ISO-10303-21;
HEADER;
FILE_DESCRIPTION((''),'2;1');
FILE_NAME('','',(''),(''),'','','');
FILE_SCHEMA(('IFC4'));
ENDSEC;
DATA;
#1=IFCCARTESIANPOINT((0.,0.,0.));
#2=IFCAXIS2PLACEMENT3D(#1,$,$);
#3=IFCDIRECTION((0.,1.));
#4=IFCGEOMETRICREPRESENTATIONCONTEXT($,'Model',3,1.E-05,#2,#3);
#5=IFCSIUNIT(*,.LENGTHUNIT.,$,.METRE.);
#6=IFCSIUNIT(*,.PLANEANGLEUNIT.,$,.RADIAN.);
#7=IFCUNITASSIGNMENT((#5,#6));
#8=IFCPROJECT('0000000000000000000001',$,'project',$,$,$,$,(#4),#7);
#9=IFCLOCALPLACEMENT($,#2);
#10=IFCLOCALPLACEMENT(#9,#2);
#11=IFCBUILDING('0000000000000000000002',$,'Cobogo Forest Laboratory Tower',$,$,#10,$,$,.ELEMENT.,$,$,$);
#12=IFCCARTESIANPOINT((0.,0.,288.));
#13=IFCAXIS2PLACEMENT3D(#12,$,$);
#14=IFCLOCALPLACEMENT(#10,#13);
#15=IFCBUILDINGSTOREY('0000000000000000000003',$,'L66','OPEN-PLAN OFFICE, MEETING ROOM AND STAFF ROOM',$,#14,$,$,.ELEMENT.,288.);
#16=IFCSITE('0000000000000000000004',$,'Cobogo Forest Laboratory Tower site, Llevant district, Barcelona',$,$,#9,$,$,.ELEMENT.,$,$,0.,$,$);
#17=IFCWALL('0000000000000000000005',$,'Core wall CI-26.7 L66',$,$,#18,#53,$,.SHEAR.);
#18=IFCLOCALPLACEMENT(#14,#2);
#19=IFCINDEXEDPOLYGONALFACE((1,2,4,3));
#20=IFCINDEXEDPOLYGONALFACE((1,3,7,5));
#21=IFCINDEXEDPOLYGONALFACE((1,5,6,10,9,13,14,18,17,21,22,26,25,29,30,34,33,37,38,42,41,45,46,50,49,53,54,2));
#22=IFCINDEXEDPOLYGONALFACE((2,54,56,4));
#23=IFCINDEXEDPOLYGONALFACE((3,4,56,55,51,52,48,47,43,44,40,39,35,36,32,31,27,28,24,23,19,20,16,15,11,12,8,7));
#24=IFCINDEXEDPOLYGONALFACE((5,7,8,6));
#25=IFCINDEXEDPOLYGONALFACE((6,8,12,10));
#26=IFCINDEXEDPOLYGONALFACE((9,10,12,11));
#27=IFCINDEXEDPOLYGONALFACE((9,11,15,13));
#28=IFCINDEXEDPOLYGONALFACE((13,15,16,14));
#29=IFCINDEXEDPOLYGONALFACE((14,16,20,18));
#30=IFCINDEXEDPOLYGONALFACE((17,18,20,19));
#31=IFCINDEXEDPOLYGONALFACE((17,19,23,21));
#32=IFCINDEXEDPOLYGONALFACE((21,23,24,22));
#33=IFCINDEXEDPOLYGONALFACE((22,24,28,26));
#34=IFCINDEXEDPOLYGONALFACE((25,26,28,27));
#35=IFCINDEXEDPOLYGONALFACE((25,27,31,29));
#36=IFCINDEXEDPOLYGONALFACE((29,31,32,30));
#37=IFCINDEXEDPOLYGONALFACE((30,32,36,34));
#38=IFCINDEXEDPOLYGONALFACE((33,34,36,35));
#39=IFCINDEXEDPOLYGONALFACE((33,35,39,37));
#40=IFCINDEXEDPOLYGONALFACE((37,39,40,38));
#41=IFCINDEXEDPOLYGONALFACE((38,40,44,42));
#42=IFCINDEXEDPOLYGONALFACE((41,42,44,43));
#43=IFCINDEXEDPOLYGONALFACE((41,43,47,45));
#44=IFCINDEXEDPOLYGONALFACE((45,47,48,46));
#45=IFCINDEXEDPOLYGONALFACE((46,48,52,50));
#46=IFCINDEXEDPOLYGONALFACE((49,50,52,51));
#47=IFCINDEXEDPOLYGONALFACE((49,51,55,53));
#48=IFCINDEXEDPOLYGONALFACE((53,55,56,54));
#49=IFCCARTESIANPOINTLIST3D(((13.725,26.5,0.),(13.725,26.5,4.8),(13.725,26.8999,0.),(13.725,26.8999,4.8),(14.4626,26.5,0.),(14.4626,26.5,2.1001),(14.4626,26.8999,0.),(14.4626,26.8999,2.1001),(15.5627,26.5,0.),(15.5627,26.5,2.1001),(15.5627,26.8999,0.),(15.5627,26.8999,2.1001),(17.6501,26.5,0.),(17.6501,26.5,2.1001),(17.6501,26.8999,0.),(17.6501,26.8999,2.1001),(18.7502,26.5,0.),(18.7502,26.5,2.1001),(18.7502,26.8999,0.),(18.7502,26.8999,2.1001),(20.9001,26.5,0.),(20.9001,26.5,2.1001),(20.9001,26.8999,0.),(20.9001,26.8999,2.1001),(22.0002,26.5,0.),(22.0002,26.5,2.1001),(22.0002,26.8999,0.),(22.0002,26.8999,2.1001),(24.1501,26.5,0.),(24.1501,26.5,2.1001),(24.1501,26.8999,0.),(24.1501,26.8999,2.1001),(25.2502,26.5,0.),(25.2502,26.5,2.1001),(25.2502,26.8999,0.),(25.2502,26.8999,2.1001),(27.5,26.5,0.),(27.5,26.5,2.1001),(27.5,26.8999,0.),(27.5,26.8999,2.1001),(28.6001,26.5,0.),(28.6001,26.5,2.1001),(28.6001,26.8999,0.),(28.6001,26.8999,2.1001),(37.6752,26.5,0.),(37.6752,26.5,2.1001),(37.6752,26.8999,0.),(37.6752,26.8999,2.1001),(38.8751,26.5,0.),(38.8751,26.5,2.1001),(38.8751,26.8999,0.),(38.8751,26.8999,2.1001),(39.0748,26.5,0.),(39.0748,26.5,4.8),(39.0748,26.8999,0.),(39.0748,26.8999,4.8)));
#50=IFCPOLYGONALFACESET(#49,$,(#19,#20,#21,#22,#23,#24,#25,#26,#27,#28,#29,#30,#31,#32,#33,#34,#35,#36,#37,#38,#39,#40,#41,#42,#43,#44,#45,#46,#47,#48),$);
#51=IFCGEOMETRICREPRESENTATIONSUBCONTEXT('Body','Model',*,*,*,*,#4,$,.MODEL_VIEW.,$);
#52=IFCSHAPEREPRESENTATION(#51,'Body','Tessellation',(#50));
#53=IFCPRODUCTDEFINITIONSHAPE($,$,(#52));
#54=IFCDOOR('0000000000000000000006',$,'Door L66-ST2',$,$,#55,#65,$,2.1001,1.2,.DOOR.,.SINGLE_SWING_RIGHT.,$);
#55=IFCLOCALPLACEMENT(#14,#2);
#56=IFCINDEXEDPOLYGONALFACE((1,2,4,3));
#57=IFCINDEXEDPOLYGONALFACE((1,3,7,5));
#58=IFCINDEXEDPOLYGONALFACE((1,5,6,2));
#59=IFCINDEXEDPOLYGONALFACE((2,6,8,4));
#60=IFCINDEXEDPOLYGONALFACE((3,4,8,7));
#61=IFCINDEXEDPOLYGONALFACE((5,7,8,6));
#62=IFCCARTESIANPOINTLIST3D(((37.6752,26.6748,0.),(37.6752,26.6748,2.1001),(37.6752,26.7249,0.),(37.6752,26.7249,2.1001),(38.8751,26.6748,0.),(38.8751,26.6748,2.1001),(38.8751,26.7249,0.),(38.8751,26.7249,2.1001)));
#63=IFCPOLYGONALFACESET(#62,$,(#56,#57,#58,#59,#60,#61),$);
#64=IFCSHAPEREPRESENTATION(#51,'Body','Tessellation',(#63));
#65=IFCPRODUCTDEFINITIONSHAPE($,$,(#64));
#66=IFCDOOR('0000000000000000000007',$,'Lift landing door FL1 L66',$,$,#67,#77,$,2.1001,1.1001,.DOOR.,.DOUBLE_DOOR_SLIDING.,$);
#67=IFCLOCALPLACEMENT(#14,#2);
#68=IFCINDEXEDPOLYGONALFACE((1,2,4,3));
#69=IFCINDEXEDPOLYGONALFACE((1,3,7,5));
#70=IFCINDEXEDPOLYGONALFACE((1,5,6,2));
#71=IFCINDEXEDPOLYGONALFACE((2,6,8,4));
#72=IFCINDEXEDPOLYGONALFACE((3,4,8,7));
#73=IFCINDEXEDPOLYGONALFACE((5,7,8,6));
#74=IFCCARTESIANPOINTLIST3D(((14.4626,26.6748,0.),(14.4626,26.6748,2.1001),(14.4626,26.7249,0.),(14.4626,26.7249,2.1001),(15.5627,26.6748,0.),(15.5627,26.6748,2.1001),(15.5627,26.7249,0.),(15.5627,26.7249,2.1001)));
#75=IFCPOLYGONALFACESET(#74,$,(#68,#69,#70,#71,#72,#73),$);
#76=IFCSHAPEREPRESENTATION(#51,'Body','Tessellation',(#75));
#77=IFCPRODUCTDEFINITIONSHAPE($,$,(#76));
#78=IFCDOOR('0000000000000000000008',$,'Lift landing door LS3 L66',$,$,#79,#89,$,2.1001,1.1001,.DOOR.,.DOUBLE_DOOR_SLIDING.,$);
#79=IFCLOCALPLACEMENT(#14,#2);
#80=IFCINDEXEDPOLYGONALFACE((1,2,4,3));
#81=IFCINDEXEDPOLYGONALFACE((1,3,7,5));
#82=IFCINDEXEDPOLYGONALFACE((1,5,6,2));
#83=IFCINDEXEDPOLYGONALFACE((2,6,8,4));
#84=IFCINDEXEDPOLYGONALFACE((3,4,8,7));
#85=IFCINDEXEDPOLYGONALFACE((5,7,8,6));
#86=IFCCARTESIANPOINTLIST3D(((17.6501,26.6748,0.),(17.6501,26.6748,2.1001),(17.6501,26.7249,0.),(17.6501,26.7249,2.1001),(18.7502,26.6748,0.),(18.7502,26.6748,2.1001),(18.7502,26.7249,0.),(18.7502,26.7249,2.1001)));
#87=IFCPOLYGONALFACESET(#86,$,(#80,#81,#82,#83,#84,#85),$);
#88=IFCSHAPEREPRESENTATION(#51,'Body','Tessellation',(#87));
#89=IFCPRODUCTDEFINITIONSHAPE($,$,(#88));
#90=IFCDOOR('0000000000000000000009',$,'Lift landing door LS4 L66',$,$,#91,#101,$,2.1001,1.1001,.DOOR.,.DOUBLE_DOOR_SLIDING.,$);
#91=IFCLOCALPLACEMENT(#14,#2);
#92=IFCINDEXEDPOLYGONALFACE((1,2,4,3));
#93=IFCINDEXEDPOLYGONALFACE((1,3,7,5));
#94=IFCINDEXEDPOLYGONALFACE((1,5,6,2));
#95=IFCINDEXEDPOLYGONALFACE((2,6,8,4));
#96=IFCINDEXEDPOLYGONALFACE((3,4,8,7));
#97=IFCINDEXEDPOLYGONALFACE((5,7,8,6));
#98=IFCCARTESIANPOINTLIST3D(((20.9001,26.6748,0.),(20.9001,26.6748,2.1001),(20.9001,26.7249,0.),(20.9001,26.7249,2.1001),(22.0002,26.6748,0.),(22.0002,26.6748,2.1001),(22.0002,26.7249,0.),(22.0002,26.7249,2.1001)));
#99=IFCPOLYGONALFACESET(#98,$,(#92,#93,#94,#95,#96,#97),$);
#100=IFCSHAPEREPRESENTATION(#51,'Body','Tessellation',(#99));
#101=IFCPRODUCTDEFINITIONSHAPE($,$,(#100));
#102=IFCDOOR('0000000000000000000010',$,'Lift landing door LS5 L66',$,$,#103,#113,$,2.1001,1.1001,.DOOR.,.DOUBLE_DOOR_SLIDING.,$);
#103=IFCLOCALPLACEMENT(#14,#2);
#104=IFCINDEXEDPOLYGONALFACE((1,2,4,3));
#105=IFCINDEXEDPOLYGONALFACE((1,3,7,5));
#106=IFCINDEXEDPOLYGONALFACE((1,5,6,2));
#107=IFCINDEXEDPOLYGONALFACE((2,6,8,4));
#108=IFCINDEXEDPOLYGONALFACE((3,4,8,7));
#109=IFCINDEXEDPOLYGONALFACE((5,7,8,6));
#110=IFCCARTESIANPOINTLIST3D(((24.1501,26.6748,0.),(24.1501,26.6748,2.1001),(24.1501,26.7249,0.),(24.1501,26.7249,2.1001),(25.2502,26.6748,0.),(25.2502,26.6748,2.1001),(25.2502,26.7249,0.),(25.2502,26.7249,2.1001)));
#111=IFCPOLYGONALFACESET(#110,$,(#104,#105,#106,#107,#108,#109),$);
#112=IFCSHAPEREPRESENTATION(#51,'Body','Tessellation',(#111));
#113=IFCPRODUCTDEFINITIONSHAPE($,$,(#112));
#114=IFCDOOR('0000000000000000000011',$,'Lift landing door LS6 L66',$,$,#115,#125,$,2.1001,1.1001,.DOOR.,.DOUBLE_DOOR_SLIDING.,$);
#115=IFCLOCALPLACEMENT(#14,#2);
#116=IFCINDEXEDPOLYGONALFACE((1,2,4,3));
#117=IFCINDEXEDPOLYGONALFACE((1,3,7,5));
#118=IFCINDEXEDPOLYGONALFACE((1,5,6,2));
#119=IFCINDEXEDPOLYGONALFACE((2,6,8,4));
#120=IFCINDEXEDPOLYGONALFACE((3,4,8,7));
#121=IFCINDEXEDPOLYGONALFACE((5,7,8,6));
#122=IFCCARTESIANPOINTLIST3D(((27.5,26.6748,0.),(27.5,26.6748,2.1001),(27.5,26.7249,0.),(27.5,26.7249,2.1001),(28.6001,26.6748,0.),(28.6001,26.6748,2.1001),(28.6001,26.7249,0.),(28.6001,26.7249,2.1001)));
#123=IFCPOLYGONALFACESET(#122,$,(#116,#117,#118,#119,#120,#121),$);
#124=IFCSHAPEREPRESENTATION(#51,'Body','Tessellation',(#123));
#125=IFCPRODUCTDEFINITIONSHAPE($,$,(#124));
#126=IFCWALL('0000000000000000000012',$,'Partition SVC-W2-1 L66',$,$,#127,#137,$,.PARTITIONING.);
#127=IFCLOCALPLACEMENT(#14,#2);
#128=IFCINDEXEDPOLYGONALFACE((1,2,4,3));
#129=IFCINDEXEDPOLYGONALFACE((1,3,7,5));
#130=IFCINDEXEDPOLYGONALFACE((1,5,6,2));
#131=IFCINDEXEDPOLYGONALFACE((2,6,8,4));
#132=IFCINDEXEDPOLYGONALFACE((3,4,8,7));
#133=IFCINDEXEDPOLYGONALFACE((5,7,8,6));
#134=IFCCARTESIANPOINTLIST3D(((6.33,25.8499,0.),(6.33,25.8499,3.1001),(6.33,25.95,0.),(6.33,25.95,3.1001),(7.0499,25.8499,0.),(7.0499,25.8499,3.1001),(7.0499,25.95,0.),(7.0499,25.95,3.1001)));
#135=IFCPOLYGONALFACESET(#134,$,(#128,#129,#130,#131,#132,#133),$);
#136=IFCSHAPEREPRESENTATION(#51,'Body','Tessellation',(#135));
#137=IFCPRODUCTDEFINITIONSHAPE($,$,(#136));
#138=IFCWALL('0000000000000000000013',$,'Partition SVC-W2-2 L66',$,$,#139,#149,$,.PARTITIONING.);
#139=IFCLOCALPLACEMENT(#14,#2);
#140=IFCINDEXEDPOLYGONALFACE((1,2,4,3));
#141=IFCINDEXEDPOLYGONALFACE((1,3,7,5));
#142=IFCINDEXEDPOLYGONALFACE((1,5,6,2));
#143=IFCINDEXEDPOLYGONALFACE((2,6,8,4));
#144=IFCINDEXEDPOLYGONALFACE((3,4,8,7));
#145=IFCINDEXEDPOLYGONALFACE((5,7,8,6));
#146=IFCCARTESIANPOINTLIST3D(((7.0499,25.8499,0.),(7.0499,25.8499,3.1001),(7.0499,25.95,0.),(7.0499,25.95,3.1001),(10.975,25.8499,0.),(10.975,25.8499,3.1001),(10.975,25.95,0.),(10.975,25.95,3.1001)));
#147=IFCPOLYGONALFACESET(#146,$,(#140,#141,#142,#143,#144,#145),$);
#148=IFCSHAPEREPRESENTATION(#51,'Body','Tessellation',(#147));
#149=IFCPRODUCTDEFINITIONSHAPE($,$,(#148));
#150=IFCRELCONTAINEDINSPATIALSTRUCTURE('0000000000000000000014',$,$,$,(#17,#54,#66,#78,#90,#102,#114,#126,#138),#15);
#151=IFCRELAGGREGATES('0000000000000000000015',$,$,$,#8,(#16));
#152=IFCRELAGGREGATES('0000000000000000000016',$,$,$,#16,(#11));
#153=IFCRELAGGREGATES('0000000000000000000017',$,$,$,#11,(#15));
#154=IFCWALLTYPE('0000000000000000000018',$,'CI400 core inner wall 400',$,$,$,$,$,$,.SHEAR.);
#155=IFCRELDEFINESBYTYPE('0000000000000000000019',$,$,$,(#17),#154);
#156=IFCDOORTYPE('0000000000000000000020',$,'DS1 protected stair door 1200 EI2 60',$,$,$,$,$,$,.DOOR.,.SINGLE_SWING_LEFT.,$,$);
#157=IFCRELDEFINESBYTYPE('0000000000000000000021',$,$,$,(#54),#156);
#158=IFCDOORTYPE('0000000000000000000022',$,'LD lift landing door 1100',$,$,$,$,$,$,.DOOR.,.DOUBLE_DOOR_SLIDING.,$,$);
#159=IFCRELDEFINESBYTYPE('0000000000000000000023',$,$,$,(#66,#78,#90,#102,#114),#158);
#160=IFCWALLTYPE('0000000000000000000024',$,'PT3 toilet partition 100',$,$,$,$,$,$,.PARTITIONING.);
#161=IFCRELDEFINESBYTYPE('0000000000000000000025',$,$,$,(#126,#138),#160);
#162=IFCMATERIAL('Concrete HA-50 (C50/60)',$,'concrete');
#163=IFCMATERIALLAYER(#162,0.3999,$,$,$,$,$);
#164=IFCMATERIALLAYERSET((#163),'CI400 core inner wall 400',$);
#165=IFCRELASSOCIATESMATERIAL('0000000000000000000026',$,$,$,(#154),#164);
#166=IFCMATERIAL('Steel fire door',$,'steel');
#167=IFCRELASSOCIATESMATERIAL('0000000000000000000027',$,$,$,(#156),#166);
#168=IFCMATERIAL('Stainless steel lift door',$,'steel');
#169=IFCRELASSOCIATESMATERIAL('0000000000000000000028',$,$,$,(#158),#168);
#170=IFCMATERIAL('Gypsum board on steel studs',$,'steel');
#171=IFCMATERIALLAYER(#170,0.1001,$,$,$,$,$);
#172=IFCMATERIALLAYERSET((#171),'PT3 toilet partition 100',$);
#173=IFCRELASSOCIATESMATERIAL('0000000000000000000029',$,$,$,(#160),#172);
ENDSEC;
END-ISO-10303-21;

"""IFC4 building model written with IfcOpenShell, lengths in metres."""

from ifc_helpers import new_model, si_unit, direction, frame, frame_2d, origin, place, context, subcontext, project, spatial, rectangle, extrude, material, layer, layer_set, type_object, element, fill, save


model = new_model("IFC4")

# Units and contexts
model_context = context("Model", 3, precision=1e-05, world=origin(), true_north=direction((0.0, 1.0)))
body_context = subcontext(model_context, "Body", "Model", "MODEL_VIEW")
ifc_project = project(units=[si_unit("LENGTHUNIT", "METRE"), si_unit("PLANEANGLEUNIT", "RADIAN")], contexts=[model_context])

# Site, building, storey
site_placement = place(None, origin())
site = spatial("IfcSite", under=ifc_project, at=site_placement, Name="Cobogo Forest Laboratory Tower site, Llevant district, Barcelona", CompositionType="ELEMENT", RefElevation=0.0)
building_placement = place(site_placement, origin())
building = spatial("IfcBuilding", under=site, at=building_placement, Name="Cobogo Forest Laboratory Tower", CompositionType="ELEMENT")
storey_placement = place(building_placement, frame((0.0, 0.0, 288.0)))
storey = spatial("IfcBuildingStorey", under=building, at=storey_placement, Name="L66", Description="OPEN-PLAN OFFICE, MEETING ROOM AND STAFF ROOM", CompositionType="ELEMENT", Elevation=288.0)

# Shared definitions
ifc_material_1 = material(Name="Concrete HA-50 (C50/60)", Category="concrete")

# Wall, openings, doors
ifc_layer_1 = layer(ifc_material_1, 0.3999)
ifc_layer_set_1 = layer_set([ifc_layer_1], Name="CI400 core inner wall 400")
wall_type_1 = type_object("IfcWallType", Name="CI400 core inner wall 400", PredefinedType="SHEAR", material=ifc_layer_set_1)
wall_1_placement = place(storey_placement, frame((13.7251, 26.7, 0.0), z_axis=(0.0, 0.0, 1.0), x_axis=(1.0, 0.0, 0.0)))
wall_1 = element("IfcWall", 1, at=wall_1_placement, inside=storey, type_object=wall_type_1, Name="Core wall CI-26.7 L66", PredefinedType="SHEAR", context=body_context, shape_type="SweptSolid", body=[
    extrude(rectangle(XDim=25.3499, YDim=0.3999, at=frame_2d((12.6748, 0.0))), origin(), (0.0, 0.0, 1.0), 4.8),
])
opening_1_placement = place(wall_1_placement, frame((23.95, 0.0, 0.0)))
opening_1 = element("IfcOpeningElement", 2, at=opening_1_placement, cuts=wall_1, PredefinedType="OPENING", context=body_context, shape_type="SweptSolid", body=[
    extrude(rectangle(XDim=1.2, YDim=2.1001, at=frame_2d((0.6001, 1.05))), frame((0.0, 0.21, 0.0), z_axis=(0.0, -1.0, 0.0), x_axis=(1.0, 0.0, 0.0)), (0.0, 0.0, 1.0), 0.4199),
])
opening_2_placement = place(wall_1_placement, frame((0.7375, 0.0, 0.0)))
opening_2 = element("IfcOpeningElement", 3, at=opening_2_placement, cuts=wall_1, PredefinedType="OPENING", context=body_context, shape_type="SweptSolid", body=[
    extrude(rectangle(XDim=1.1001, YDim=2.1001, at=frame_2d((0.55, 1.05))), frame((0.0, 0.21, 0.0), z_axis=(0.0, -1.0, 0.0), x_axis=(1.0, 0.0, 0.0)), (0.0, 0.0, 1.0), 0.4199),
])
opening_3_placement = place(wall_1_placement, frame((3.925, 0.0, 0.0)))
opening_3 = element("IfcOpeningElement", 4, at=opening_3_placement, cuts=wall_1, PredefinedType="OPENING", context=body_context, shape_type="SweptSolid", body=[
    extrude(rectangle(XDim=1.1001, YDim=2.1001, at=frame_2d((0.55, 1.05))), frame((0.0, 0.21, 0.0), z_axis=(0.0, -1.0, 0.0), x_axis=(1.0, 0.0, 0.0)), (0.0, 0.0, 1.0), 0.4199),
])
opening_4_placement = place(wall_1_placement, frame((7.175, 0.0, 0.0)))
opening_4 = element("IfcOpeningElement", 5, at=opening_4_placement, cuts=wall_1, PredefinedType="OPENING", context=body_context, shape_type="SweptSolid", body=[
    extrude(rectangle(XDim=1.1001, YDim=2.1001, at=frame_2d((0.55, 1.05))), frame((0.0, 0.21, 0.0), z_axis=(0.0, -1.0, 0.0), x_axis=(1.0, 0.0, 0.0)), (0.0, 0.0, 1.0), 0.4199),
])
opening_5_placement = place(wall_1_placement, frame((10.425, 0.0, 0.0)))
opening_5 = element("IfcOpeningElement", 6, at=opening_5_placement, cuts=wall_1, PredefinedType="OPENING", context=body_context, shape_type="SweptSolid", body=[
    extrude(rectangle(XDim=1.1001, YDim=2.1001, at=frame_2d((0.55, 1.05))), frame((0.0, 0.21, 0.0), z_axis=(0.0, -1.0, 0.0), x_axis=(1.0, 0.0, 0.0)), (0.0, 0.0, 1.0), 0.4199),
])
opening_6_placement = place(wall_1_placement, frame((13.7749, 0.0, 0.0)))
opening_6 = element("IfcOpeningElement", 7, at=opening_6_placement, cuts=wall_1, PredefinedType="OPENING", context=body_context, shape_type="SweptSolid", body=[
    extrude(rectangle(XDim=1.1001, YDim=2.1001, at=frame_2d((0.55, 1.05))), frame((0.0, 0.21, 0.0), z_axis=(0.0, -1.0, 0.0), x_axis=(1.0, 0.0, 0.0)), (0.0, 0.0, 1.0), 0.4199),
])
ifc_material_2 = material(Name="Steel fire door", Category="steel")
door_type_1 = type_object("IfcDoorType", Name="DS1 protected stair door 1200 EI2 60", OperationType="SINGLE_SWING_LEFT", PredefinedType="DOOR", material=ifc_material_2)
door_1_placement = place(opening_1_placement, origin())
door_1 = element("IfcDoor", 8, at=door_1_placement, inside=storey, type_object=door_type_1, Name="Door L66-ST2", OperationType="SINGLE_SWING_RIGHT", OverallHeight=2.1001, OverallWidth=1.2, PredefinedType="DOOR", context=body_context, shape_type="SweptSolid", body=[
    extrude(rectangle(XDim=1.2, YDim=2.1001, at=frame_2d((0.6001, 1.05))), frame((0.0, 0.0249, 0.0), z_axis=(0.0, -1.0, 0.0), x_axis=(1.0, 0.0, 0.0)), (0.0, 0.0, 1.0), 0.05),
])
fill(opening_1, door_1)
ifc_material_3 = material(Name="Stainless steel lift door", Category="steel")
door_type_2 = type_object("IfcDoorType", Name="LD lift landing door 1100", OperationType="DOUBLE_DOOR_SLIDING", PredefinedType="DOOR", material=ifc_material_3)
door_2_placement = place(opening_2_placement, origin())
door_2 = element("IfcDoor", 9, at=door_2_placement, inside=storey, type_object=door_type_2, Name="Lift landing door FL1 L66", OperationType="DOUBLE_DOOR_SLIDING", OverallHeight=2.1001, OverallWidth=1.1001, PredefinedType="DOOR", context=body_context, shape_type="SweptSolid", body=[
    extrude(rectangle(XDim=1.1001, YDim=2.1001, at=frame_2d((0.55, 1.05))), frame((0.0, 0.0249, 0.0), z_axis=(0.0, -1.0, 0.0), x_axis=(1.0, 0.0, 0.0)), (0.0, 0.0, 1.0), 0.05),
])
fill(opening_2, door_2)
door_3_placement = place(opening_3_placement, origin())
door_3 = element("IfcDoor", 10, at=door_3_placement, inside=storey, type_object=door_type_2, Name="Lift landing door LS3 L66", OperationType="DOUBLE_DOOR_SLIDING", OverallHeight=2.1001, OverallWidth=1.1001, PredefinedType="DOOR", context=body_context, shape_type="SweptSolid", body=[
    extrude(rectangle(XDim=1.1001, YDim=2.1001, at=frame_2d((0.55, 1.05))), frame((0.0, 0.0249, 0.0), z_axis=(0.0, -1.0, 0.0), x_axis=(1.0, 0.0, 0.0)), (0.0, 0.0, 1.0), 0.05),
])
fill(opening_3, door_3)
door_4_placement = place(opening_4_placement, origin())
door_4 = element("IfcDoor", 11, at=door_4_placement, inside=storey, type_object=door_type_2, Name="Lift landing door LS4 L66", OperationType="DOUBLE_DOOR_SLIDING", OverallHeight=2.1001, OverallWidth=1.1001, PredefinedType="DOOR", context=body_context, shape_type="SweptSolid", body=[
    extrude(rectangle(XDim=1.1001, YDim=2.1001, at=frame_2d((0.55, 1.05))), frame((0.0, 0.0249, 0.0), z_axis=(0.0, -1.0, 0.0), x_axis=(1.0, 0.0, 0.0)), (0.0, 0.0, 1.0), 0.05),
])
fill(opening_4, door_4)
door_5_placement = place(opening_5_placement, origin())
door_5 = element("IfcDoor", 12, at=door_5_placement, inside=storey, type_object=door_type_2, Name="Lift landing door LS5 L66", OperationType="DOUBLE_DOOR_SLIDING", OverallHeight=2.1001, OverallWidth=1.1001, PredefinedType="DOOR", context=body_context, shape_type="SweptSolid", body=[
    extrude(rectangle(XDim=1.1001, YDim=2.1001, at=frame_2d((0.55, 1.05))), frame((0.0, 0.0249, 0.0), z_axis=(0.0, -1.0, 0.0), x_axis=(1.0, 0.0, 0.0)), (0.0, 0.0, 1.0), 0.05),
])
fill(opening_5, door_5)
door_6_placement = place(opening_6_placement, origin())
door_6 = element("IfcDoor", 13, at=door_6_placement, inside=storey, type_object=door_type_2, Name="Lift landing door LS6 L66", OperationType="DOUBLE_DOOR_SLIDING", OverallHeight=2.1001, OverallWidth=1.1001, PredefinedType="DOOR", context=body_context, shape_type="SweptSolid", body=[
    extrude(rectangle(XDim=1.1001, YDim=2.1001, at=frame_2d((0.55, 1.05))), frame((0.0, 0.0249, 0.0), z_axis=(0.0, -1.0, 0.0), x_axis=(1.0, 0.0, 0.0)), (0.0, 0.0, 1.0), 0.05),
])
fill(opening_6, door_6)

# Walls
ifc_material_4 = material(Name="Gypsum board on steel studs", Category="steel")
ifc_layer_2 = layer(ifc_material_4, 0.1001)
ifc_layer_set_2 = layer_set([ifc_layer_2], Name="PT3 toilet partition 100")
wall_type_2 = type_object("IfcWallType", Name="PT3 toilet partition 100", PredefinedType="PARTITIONING", material=ifc_layer_set_2)
wall_2_placement = place(storey_placement, frame((6.3301, 25.8999, 0.0), z_axis=(0.0, 0.0, 1.0), x_axis=(1.0, 0.0, 0.0)))
element("IfcWall", 14, at=wall_2_placement, inside=storey, type_object=wall_type_2, Name="Partition SVC-W2-1 L66", PredefinedType="PARTITIONING", context=body_context, shape_type="SweptSolid", body=[
    extrude(rectangle(XDim=0.72, YDim=0.1001, at=frame_2d((0.3599, 0.0))), origin(), (0.0, 0.0, 1.0), 3.1001),
])
wall_3_placement = place(storey_placement, frame((7.05, 25.8999, 0.0), z_axis=(0.0, 0.0, 1.0), x_axis=(1.0, 0.0, 0.0)))
element("IfcWall", 15, at=wall_3_placement, inside=storey, type_object=wall_type_2, Name="Partition SVC-W2-2 L66", PredefinedType="PARTITIONING", context=body_context, shape_type="SweptSolid", body=[
    extrude(rectangle(XDim=3.925, YDim=0.1001, at=frame_2d((1.9624, 0.0))), origin(), (0.0, 0.0, 1.0), 3.1001),
])

save(model, "model.ifc")
